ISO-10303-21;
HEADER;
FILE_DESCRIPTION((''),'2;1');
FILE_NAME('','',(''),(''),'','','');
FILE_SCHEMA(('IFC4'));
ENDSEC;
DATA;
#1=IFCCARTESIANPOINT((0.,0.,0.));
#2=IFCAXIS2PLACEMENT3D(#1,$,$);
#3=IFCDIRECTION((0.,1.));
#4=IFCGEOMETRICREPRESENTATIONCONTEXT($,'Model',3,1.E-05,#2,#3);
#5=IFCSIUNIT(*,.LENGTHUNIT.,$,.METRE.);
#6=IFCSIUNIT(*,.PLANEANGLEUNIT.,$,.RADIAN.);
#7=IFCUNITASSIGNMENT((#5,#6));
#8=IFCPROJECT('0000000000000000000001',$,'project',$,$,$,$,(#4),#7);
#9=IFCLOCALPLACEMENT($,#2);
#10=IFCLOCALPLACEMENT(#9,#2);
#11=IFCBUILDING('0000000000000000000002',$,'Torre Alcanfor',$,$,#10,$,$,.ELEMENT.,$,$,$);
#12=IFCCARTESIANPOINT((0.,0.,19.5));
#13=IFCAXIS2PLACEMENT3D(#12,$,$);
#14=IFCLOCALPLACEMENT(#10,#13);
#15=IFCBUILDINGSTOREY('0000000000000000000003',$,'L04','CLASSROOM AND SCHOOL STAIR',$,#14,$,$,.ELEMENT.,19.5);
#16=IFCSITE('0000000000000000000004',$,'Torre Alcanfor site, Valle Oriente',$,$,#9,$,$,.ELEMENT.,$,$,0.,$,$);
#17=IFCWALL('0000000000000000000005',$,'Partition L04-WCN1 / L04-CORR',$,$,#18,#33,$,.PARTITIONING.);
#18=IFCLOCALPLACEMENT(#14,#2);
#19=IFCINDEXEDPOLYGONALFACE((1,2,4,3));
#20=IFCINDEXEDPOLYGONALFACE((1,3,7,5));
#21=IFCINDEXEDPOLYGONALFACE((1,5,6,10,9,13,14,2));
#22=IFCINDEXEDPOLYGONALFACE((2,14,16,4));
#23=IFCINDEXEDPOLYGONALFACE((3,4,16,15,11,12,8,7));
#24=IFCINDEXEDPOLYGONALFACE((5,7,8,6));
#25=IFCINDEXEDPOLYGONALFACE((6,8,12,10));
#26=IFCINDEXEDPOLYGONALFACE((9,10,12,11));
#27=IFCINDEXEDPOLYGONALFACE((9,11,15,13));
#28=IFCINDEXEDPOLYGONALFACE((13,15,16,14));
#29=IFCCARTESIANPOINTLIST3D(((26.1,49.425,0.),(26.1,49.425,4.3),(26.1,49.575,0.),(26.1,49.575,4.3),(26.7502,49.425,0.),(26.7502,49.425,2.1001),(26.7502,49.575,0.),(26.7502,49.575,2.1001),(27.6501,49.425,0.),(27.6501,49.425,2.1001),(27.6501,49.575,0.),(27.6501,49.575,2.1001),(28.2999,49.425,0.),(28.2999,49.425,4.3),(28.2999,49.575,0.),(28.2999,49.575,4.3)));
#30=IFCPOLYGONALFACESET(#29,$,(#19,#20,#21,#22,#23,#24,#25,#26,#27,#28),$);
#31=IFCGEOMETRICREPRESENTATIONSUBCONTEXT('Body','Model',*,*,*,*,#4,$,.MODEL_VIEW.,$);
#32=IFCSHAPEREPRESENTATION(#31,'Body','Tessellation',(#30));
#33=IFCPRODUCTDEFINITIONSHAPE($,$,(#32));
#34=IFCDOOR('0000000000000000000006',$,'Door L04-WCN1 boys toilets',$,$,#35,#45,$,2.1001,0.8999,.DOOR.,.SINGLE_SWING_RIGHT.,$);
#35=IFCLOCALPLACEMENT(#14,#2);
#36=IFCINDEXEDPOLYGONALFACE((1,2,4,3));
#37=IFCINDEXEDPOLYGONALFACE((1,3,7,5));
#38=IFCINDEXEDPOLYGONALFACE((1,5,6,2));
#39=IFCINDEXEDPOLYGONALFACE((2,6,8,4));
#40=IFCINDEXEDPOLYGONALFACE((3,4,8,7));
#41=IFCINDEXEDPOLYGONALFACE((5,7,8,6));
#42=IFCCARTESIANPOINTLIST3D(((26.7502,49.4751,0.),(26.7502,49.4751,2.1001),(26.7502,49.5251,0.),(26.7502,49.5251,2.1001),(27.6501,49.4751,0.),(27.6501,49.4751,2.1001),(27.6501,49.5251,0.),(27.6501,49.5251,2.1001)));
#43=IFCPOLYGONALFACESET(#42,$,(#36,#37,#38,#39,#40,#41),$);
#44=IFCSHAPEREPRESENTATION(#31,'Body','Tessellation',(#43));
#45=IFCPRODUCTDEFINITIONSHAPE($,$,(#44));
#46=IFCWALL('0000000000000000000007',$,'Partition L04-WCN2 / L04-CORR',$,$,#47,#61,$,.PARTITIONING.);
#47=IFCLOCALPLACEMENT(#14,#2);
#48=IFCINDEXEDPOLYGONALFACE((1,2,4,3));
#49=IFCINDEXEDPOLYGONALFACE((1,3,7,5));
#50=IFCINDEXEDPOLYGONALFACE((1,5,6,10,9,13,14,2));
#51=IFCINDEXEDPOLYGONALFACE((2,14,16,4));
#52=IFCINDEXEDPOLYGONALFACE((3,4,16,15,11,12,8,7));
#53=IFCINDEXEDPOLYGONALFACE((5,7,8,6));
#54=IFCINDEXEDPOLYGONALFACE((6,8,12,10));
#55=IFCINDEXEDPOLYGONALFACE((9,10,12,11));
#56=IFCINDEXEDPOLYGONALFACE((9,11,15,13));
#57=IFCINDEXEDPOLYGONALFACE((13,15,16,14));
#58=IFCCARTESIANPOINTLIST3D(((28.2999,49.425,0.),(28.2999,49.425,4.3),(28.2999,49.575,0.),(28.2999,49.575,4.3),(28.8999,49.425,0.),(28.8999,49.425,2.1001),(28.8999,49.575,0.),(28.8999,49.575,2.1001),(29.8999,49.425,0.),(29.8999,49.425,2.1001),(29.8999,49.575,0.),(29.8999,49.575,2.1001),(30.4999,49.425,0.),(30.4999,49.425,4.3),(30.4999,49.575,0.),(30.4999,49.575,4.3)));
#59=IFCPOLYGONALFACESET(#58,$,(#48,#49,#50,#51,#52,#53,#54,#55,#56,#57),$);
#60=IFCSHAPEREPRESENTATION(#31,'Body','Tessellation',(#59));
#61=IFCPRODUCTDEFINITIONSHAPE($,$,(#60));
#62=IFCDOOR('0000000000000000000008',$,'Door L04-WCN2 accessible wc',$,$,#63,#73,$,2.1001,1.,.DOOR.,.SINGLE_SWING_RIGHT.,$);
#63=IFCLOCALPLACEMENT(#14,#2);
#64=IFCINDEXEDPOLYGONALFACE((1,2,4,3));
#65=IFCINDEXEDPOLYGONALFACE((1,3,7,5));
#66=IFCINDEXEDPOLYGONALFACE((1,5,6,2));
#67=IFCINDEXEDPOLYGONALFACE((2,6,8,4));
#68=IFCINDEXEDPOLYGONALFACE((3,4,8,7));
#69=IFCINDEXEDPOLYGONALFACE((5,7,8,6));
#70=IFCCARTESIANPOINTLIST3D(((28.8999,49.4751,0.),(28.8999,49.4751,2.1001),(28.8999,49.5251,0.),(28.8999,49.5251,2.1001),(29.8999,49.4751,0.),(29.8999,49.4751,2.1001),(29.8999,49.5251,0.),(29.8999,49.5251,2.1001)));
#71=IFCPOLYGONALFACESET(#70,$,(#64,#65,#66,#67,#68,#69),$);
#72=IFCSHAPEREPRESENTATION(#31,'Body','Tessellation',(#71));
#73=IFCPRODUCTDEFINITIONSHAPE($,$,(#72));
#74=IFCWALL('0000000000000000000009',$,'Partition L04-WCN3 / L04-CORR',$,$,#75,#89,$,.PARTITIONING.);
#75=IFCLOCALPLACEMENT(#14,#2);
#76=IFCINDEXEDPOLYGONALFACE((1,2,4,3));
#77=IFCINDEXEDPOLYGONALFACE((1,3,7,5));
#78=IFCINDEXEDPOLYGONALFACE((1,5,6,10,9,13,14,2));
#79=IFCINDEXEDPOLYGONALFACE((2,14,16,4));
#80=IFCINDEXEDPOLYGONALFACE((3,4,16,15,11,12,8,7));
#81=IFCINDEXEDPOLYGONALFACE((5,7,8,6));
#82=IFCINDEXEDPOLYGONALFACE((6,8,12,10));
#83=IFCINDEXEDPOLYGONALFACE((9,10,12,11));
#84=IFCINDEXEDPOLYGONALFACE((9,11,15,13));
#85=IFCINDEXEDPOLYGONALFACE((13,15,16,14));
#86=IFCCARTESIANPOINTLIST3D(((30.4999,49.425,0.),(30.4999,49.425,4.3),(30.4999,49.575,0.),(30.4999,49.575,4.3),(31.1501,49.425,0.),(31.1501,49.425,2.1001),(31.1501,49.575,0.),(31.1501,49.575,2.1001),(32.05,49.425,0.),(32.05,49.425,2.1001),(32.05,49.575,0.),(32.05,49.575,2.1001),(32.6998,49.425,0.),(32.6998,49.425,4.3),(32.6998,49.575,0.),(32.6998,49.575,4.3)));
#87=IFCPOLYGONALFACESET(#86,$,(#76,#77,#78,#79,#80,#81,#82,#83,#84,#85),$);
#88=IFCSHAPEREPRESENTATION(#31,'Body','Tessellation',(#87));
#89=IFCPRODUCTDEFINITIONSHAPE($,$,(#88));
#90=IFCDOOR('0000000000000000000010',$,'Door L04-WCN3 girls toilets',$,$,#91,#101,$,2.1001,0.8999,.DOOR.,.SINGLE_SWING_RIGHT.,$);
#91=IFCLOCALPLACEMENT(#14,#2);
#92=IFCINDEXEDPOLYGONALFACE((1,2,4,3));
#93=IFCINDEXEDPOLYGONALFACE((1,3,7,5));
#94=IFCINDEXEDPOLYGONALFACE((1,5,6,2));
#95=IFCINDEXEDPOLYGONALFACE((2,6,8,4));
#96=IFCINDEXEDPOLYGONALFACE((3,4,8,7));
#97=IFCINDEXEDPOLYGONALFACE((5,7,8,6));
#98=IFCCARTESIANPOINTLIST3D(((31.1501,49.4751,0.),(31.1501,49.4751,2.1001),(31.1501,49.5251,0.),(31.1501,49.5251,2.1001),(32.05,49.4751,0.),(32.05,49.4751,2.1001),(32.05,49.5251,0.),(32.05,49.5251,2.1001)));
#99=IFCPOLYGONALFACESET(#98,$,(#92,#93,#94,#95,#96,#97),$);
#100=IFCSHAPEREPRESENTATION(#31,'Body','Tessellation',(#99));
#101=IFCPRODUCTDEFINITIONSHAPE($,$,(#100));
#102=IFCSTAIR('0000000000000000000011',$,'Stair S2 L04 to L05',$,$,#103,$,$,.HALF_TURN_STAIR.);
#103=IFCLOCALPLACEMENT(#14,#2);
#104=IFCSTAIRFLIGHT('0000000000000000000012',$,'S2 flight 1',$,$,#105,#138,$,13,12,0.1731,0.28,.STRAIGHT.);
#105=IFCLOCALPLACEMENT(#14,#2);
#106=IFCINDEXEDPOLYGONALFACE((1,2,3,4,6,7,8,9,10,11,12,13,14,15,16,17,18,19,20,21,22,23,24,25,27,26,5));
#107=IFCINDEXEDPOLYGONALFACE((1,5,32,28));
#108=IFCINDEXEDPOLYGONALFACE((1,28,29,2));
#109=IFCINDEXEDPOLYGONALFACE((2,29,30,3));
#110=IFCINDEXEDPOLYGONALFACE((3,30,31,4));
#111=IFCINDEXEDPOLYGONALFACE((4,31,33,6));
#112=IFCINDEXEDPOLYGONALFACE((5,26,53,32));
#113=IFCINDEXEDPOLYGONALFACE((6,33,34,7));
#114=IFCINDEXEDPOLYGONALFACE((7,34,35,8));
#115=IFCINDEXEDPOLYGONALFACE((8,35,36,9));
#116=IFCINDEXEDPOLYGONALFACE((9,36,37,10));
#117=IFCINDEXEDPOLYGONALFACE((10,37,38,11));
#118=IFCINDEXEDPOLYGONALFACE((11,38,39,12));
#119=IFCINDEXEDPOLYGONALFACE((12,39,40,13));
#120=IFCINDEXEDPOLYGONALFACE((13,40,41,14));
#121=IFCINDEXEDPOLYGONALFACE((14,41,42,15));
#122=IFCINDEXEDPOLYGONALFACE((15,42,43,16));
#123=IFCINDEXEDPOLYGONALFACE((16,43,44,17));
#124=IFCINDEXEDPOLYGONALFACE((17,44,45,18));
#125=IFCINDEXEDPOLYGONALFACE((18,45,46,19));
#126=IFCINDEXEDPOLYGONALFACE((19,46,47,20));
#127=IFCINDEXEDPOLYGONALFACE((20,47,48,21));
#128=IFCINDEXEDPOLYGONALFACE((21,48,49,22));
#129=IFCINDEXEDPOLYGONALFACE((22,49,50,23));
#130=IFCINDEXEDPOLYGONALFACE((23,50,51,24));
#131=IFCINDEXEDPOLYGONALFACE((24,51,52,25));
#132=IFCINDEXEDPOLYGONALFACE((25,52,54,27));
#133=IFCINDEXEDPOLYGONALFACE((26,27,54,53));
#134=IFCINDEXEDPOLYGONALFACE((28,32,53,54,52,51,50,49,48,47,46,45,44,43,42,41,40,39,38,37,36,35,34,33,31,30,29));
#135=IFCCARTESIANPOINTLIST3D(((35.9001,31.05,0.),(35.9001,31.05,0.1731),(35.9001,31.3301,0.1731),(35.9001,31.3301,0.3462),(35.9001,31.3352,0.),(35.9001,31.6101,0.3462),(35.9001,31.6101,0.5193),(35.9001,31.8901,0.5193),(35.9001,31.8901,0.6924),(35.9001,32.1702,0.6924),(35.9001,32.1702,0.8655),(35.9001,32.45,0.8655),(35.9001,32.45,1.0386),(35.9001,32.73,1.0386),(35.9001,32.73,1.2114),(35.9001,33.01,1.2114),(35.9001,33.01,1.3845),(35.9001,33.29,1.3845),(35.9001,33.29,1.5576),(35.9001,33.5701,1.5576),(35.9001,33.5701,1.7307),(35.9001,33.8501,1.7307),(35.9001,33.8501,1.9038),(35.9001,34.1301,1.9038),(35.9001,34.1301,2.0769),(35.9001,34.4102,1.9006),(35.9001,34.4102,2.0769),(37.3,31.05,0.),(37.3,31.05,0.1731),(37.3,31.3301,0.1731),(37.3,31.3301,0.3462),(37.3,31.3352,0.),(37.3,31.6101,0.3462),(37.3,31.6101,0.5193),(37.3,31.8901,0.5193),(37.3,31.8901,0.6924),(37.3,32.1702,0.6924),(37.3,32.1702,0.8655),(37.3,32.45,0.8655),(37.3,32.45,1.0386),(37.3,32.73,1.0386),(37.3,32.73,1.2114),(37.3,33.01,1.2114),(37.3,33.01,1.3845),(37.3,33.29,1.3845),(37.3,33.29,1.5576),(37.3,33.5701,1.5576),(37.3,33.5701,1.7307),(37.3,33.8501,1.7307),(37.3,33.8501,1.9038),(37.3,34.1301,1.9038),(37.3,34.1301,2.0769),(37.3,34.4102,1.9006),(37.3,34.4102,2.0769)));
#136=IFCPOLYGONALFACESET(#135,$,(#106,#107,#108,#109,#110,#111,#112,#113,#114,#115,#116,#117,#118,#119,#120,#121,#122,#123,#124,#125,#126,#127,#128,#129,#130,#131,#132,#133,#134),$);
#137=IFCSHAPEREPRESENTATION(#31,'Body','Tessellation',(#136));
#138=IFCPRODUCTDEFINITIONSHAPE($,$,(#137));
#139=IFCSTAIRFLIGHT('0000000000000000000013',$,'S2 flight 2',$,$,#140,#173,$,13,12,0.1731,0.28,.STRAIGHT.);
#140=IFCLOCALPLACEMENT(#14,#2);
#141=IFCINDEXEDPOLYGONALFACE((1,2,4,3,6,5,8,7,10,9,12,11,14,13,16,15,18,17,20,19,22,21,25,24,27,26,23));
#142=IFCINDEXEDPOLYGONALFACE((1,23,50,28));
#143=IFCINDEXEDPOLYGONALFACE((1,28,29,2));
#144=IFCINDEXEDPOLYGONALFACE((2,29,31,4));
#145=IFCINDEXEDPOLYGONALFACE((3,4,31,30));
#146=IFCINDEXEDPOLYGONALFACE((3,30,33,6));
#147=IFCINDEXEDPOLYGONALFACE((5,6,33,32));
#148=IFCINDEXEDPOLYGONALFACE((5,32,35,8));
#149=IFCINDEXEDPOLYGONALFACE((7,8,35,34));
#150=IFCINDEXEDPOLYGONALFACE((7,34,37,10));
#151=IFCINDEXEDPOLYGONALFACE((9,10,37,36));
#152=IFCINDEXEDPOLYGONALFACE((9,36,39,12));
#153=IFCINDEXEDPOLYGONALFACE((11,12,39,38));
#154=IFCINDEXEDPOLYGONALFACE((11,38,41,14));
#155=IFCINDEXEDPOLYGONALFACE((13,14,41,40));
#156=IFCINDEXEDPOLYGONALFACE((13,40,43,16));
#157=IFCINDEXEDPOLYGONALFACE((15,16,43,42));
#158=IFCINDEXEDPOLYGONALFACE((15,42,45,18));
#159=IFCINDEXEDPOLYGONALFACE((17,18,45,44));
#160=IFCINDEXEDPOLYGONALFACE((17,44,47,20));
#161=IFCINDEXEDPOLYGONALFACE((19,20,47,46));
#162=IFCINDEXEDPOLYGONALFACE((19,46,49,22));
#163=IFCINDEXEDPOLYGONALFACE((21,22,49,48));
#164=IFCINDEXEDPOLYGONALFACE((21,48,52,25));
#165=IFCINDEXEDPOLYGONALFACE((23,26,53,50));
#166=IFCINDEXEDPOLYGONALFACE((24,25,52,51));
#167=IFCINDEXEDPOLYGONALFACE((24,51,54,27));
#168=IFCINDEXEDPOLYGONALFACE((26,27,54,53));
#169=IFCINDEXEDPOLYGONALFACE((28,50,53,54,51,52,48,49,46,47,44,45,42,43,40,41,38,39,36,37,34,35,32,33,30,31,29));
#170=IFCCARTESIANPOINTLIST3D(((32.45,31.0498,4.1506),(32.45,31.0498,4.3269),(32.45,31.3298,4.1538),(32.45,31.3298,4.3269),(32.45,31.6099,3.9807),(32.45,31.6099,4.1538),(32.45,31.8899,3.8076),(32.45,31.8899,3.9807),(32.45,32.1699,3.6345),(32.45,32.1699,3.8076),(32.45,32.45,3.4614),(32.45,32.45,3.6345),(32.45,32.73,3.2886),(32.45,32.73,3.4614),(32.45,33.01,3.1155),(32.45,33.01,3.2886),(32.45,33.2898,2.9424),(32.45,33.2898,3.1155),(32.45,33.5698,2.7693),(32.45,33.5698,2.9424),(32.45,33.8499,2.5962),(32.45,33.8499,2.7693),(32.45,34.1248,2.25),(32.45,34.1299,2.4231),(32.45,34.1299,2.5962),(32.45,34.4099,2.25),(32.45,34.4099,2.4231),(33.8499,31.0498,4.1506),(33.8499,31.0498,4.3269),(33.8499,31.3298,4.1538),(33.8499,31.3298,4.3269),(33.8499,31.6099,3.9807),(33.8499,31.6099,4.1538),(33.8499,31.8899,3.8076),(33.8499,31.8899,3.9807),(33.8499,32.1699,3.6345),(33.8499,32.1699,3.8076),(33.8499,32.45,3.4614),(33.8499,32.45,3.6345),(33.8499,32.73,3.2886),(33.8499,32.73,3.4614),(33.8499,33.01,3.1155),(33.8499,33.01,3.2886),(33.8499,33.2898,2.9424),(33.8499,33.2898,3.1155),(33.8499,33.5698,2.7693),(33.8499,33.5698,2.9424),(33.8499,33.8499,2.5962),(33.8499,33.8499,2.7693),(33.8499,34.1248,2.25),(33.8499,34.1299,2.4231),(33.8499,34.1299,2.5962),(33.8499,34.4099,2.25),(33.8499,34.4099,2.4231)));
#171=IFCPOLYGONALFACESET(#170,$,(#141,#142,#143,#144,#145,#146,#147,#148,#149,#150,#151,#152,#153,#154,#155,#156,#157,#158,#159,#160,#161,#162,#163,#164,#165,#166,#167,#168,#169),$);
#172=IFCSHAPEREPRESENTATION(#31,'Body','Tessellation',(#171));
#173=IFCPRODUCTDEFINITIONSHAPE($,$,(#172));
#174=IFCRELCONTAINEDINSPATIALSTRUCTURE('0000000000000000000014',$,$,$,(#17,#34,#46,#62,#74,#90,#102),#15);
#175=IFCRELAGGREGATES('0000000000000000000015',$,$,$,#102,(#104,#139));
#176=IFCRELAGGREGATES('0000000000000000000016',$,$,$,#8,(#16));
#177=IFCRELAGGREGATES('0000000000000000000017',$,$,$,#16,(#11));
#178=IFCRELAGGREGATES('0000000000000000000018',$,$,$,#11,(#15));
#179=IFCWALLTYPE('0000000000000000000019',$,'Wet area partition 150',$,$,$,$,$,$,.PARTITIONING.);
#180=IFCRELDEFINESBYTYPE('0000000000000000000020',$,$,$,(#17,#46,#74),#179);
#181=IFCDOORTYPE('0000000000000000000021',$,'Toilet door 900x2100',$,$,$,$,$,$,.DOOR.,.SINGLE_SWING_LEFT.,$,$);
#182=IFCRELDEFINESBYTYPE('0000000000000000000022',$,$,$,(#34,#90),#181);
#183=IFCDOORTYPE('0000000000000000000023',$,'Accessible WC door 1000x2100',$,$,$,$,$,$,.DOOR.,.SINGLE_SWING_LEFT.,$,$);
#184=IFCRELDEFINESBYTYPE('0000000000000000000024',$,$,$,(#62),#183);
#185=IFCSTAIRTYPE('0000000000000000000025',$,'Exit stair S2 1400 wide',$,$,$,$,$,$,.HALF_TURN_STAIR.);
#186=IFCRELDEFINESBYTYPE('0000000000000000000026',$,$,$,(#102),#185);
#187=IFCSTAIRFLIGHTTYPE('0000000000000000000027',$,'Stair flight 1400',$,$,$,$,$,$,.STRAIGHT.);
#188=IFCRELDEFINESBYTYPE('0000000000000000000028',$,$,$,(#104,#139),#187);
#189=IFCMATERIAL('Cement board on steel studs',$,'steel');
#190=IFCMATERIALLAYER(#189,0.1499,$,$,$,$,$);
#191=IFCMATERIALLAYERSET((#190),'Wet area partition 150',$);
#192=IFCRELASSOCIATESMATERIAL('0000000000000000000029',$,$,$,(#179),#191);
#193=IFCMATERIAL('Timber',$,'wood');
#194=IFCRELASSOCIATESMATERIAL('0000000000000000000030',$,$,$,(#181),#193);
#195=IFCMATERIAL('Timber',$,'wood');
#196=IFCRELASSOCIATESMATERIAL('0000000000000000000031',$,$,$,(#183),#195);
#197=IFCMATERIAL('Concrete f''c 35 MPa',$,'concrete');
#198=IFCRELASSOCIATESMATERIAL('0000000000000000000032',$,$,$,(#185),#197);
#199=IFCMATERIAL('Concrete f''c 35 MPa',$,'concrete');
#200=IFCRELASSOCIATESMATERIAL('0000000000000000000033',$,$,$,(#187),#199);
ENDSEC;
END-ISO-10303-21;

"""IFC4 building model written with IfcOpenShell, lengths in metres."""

from ifc_helpers import new_model, si_unit, direction, frame, frame_2d, origin, place, context, subcontext, project, spatial, polyline, rectangle, outline, extrude, material, layer, layer_set, type_object, element, fill, aggregate, save


model = new_model("IFC4")

# Units and contexts
model_context = context("Model", 3, precision=1e-05, world=origin(), true_north=direction((0.0, 1.0)))
body_context = subcontext(model_context, "Body", "Model", "MODEL_VIEW")
ifc_project = project(units=[si_unit("LENGTHUNIT", "METRE"), si_unit("PLANEANGLEUNIT", "RADIAN")], contexts=[model_context])

# Site, building, storey
site_placement = place(None, origin())
site = spatial("IfcSite", under=ifc_project, at=site_placement, Name="Torre Alcanfor site, Valle Oriente", CompositionType="ELEMENT", RefElevation=0.0)
building_placement = place(site_placement, origin())
building = spatial("IfcBuilding", under=site, at=building_placement, Name="Torre Alcanfor", CompositionType="ELEMENT")
storey_placement = place(building_placement, frame((0.0, 0.0, 19.5)))
storey = spatial("IfcBuildingStorey", under=building, at=storey_placement, Name="L04", Description="CLASSROOM AND SCHOOL STAIR", CompositionType="ELEMENT", Elevation=19.5)

# Walls, openings, doors
ifc_material_1 = material(Name="Cement board on steel studs", Category="steel")
ifc_layer_1 = layer(ifc_material_1, 0.1499)
ifc_layer_set_1 = layer_set([ifc_layer_1], Name="Wet area partition 150")
wall_type_1 = type_object("IfcWallType", Name="Wet area partition 150", PredefinedType="PARTITIONING", material=ifc_layer_set_1)
wall_1_placement = place(storey_placement, frame((28.3, 49.5, 0.0), z_axis=(0.0, 0.0, 1.0), x_axis=(-1.0, 0.0, 0.0)))
wall_1 = element("IfcWall", 1, at=wall_1_placement, inside=storey, type_object=wall_type_1, Name="Partition L04-WCN1 / L04-CORR", PredefinedType="PARTITIONING", context=body_context, shape_type="SweptSolid", body=[
    extrude(rectangle(XDim=2.2, YDim=0.1499, at=frame_2d((1.1001, 0.0))), origin(), (0.0, 0.0, 1.0), 4.3),
])
opening_1_placement = place(wall_1_placement, frame((0.6499, 0.0, 0.0)))
opening_1 = element("IfcOpeningElement", 2, at=opening_1_placement, cuts=wall_1, PredefinedType="OPENING", context=body_context, shape_type="SweptSolid", body=[
    extrude(rectangle(XDim=0.8999, YDim=2.1001, at=frame_2d((0.45, 1.05))), frame((0.0, 0.085, 0.0), z_axis=(0.0, -1.0, 0.0), x_axis=(1.0, 0.0, 0.0)), (0.0, 0.0, 1.0), 0.1699),
])
ifc_material_2 = material(Name="Timber", Category="wood")
door_type_1 = type_object("IfcDoorType", Name="Toilet door 900x2100", OperationType="SINGLE_SWING_LEFT", PredefinedType="DOOR", material=ifc_material_2)
door_1_placement = place(opening_1_placement, frame((0.8999, 0.0, 0.0), z_axis=(0.0, 0.0, 1.0), x_axis=(-1.0, 0.0, 0.0)))
door_1 = element("IfcDoor", 3, at=door_1_placement, inside=storey, type_object=door_type_1, Name="Door L04-WCN1 boys toilets", OperationType="SINGLE_SWING_RIGHT", OverallHeight=2.1001, OverallWidth=0.8999, PredefinedType="DOOR", context=body_context, shape_type="SweptSolid", body=[
    extrude(rectangle(XDim=0.8999, YDim=2.1001, at=frame_2d((0.45, 1.05))), frame((0.0, 0.0251, 0.0), z_axis=(0.0, -1.0, 0.0), x_axis=(1.0, 0.0, 0.0)), (0.0, 0.0, 1.0), 0.05),
])
fill(opening_1, door_1)
wall_2_placement = place(storey_placement, frame((30.5, 49.5, 0.0), z_axis=(0.0, 0.0, 1.0), x_axis=(-1.0, 0.0, 0.0)))
wall_2 = element("IfcWall", 4, at=wall_2_placement, inside=storey, type_object=wall_type_1, Name="Partition L04-WCN2 / L04-CORR", PredefinedType="PARTITIONING", context=body_context, shape_type="SweptSolid", body=[
    extrude(rectangle(XDim=2.2, YDim=0.1499, at=frame_2d((1.1001, 0.0))), origin(), (0.0, 0.0, 1.0), 4.3),
])
opening_2_placement = place(wall_2_placement, frame((0.6001, 0.0, 0.0)))
opening_2 = element("IfcOpeningElement", 5, at=opening_2_placement, cuts=wall_2, PredefinedType="OPENING", context=body_context, shape_type="SweptSolid", body=[
    extrude(rectangle(XDim=1.0, YDim=2.1001, at=frame_2d((0.5, 1.05))), frame((0.0, 0.085, 0.0), z_axis=(0.0, -1.0, 0.0), x_axis=(1.0, 0.0, 0.0)), (0.0, 0.0, 1.0), 0.1699),
])
ifc_material_3 = material(Name="Timber", Category="wood")
door_type_2 = type_object("IfcDoorType", Name="Accessible WC door 1000x2100", OperationType="SINGLE_SWING_LEFT", PredefinedType="DOOR", material=ifc_material_3)
door_2_placement = place(opening_2_placement, origin())
door_2 = element("IfcDoor", 6, at=door_2_placement, inside=storey, type_object=door_type_2, Name="Door L04-WCN2 accessible wc", OperationType="SINGLE_SWING_RIGHT", OverallHeight=2.1001, OverallWidth=1.0, PredefinedType="DOOR", context=body_context, shape_type="SweptSolid", body=[
    extrude(rectangle(XDim=1.0, YDim=2.1001, at=frame_2d((0.5, 1.05))), frame((0.0, 0.0249, 0.0), z_axis=(0.0, -1.0, 0.0), x_axis=(1.0, 0.0, 0.0)), (0.0, 0.0, 1.0), 0.05),
])
fill(opening_2, door_2)
wall_3_placement = place(storey_placement, frame((32.7, 49.5, 0.0), z_axis=(0.0, 0.0, 1.0), x_axis=(-1.0, 0.0, 0.0)))
wall_3 = element("IfcWall", 7, at=wall_3_placement, inside=storey, type_object=wall_type_1, Name="Partition L04-WCN3 / L04-CORR", PredefinedType="PARTITIONING", context=body_context, shape_type="SweptSolid", body=[
    extrude(rectangle(XDim=2.2, YDim=0.1499, at=frame_2d((1.1001, 0.0))), origin(), (0.0, 0.0, 1.0), 4.3),
])
opening_3_placement = place(wall_3_placement, frame((0.6499, 0.0, 0.0)))
opening_3 = element("IfcOpeningElement", 8, at=opening_3_placement, cuts=wall_3, PredefinedType="OPENING", context=body_context, shape_type="SweptSolid", body=[
    extrude(rectangle(XDim=0.8999, YDim=2.1001, at=frame_2d((0.45, 1.05))), frame((0.0, 0.085, 0.0), z_axis=(0.0, -1.0, 0.0), x_axis=(1.0, 0.0, 0.0)), (0.0, 0.0, 1.0), 0.1699),
])
door_3_placement = place(opening_3_placement, frame((0.8999, 0.0, 0.0), z_axis=(0.0, 0.0, 1.0), x_axis=(-1.0, 0.0, 0.0)))
door_3 = element("IfcDoor", 9, at=door_3_placement, inside=storey, type_object=door_type_1, Name="Door L04-WCN3 girls toilets", OperationType="SINGLE_SWING_RIGHT", OverallHeight=2.1001, OverallWidth=0.8999, PredefinedType="DOOR", context=body_context, shape_type="SweptSolid", body=[
    extrude(rectangle(XDim=0.8999, YDim=2.1001, at=frame_2d((0.45, 1.05))), frame((0.0, 0.0251, 0.0), z_axis=(0.0, -1.0, 0.0), x_axis=(1.0, 0.0, 0.0)), (0.0, 0.0, 1.0), 0.05),
])
fill(opening_3, door_3)

# Stair, stair flights
ifc_material_4 = material(Name="Concrete f'c 35 MPa", Category="concrete")
stair_type = type_object("IfcStairType", Name="Exit stair S2 1400 wide", PredefinedType="HALF_TURN_STAIR", material=ifc_material_4)
stair_placement = place(storey_placement, origin())
stair = element("IfcStair", 10, at=stair_placement, inside=storey, type_object=stair_type, Name="Stair S2 L04 to L05", PredefinedType="HALF_TURN_STAIR")
ifc_material_5 = material(Name="Concrete f'c 35 MPa", Category="concrete")
stair_flight_type = type_object("IfcStairFlightType", Name="Stair flight 1400", PredefinedType="STRAIGHT", material=ifc_material_5)
stair_flight_1_placement = place(storey_placement, frame((36.6001, 31.05, 0.0), z_axis=(0.0, 0.0, 1.0), x_axis=(0.0, 1.0, 0.0)))
stair_flight_1 = element("IfcStairFlight", 11, at=stair_flight_1_placement, type_object=stair_flight_type, Name="S2 flight 1", NumberOfRisers=13, NumberOfTreads=12, PredefinedType="STRAIGHT", RiserHeight=0.1731, TreadLength=0.28, context=body_context, shape_type="SweptSolid", body=[
    extrude(outline(polyline([(0.0, 0.0), (0.0, 0.1731), (0.28, 0.1731), (0.28, 0.3462), (0.5601, 0.3462), (0.5601, 0.5193), (0.8401, 0.5193), (0.8401, 0.6924), (1.1201, 0.6924), (1.1201, 0.8655), (1.3999, 0.8655), (1.3999, 1.0386), (1.6799, 1.0386), (1.6799, 1.2114), (1.96, 1.2114), (1.96, 1.3845), (2.24, 1.3845), (2.24, 1.5576), (2.52, 1.5576), (2.52, 1.7307), (2.8, 1.7307), (2.8, 1.9038), (3.0801, 1.9038), (3.0801, 2.0769), (3.3601, 2.0769), (3.3601, 2.25), (3.3601, 1.9006), (0.2852, 0.0), (0.0, 0.0)])), frame((0.0, 0.7, 0.0), z_axis=(0.0, -1.0, 0.0), x_axis=(1.0, 0.0, 0.0)), (0.0, 0.0, 1.0), 1.3999),
])
stair_flight_2_placement = place(storey_placement, frame((33.1499, 34.4099, 2.25), z_axis=(0.0, 0.0, 1.0), x_axis=(0.0, -1.0, 0.0)))
stair_flight_2 = element("IfcStairFlight", 12, at=stair_flight_2_placement, type_object=stair_flight_type, Name="S2 flight 2", NumberOfRisers=13, NumberOfTreads=12, PredefinedType="STRAIGHT", RiserHeight=0.1731, TreadLength=0.28, context=body_context, shape_type="SweptSolid", body=[
    extrude(outline(polyline([(0.0, 0.0), (0.0, 0.1731), (0.28, 0.1731), (0.28, 0.3462), (0.5601, 0.3462), (0.5601, 0.5193), (0.8401, 0.5193), (0.8401, 0.6924), (1.1201, 0.6924), (1.1201, 0.8655), (1.3999, 0.8655), (1.3999, 1.0386), (1.6799, 1.0386), (1.6799, 1.2114), (1.96, 1.2114), (1.96, 1.3845), (2.24, 1.3845), (2.24, 1.5576), (2.52, 1.5576), (2.52, 1.7307), (2.8, 1.7307), (2.8, 1.9038), (3.0801, 1.9038), (3.0801, 2.0769), (3.3601, 2.0769), (3.3601, 2.25), (3.3601, 1.9006), (0.2852, 0.0), (0.0, 0.0)])), frame((0.0, 0.7, 0.0), z_axis=(0.0, -1.0, 0.0), x_axis=(1.0, 0.0, 0.0)), (0.0, 0.0, 1.0), 1.3999),
])
aggregate(stair, [stair_flight_1, stair_flight_2])

save(model, "model.ifc")
